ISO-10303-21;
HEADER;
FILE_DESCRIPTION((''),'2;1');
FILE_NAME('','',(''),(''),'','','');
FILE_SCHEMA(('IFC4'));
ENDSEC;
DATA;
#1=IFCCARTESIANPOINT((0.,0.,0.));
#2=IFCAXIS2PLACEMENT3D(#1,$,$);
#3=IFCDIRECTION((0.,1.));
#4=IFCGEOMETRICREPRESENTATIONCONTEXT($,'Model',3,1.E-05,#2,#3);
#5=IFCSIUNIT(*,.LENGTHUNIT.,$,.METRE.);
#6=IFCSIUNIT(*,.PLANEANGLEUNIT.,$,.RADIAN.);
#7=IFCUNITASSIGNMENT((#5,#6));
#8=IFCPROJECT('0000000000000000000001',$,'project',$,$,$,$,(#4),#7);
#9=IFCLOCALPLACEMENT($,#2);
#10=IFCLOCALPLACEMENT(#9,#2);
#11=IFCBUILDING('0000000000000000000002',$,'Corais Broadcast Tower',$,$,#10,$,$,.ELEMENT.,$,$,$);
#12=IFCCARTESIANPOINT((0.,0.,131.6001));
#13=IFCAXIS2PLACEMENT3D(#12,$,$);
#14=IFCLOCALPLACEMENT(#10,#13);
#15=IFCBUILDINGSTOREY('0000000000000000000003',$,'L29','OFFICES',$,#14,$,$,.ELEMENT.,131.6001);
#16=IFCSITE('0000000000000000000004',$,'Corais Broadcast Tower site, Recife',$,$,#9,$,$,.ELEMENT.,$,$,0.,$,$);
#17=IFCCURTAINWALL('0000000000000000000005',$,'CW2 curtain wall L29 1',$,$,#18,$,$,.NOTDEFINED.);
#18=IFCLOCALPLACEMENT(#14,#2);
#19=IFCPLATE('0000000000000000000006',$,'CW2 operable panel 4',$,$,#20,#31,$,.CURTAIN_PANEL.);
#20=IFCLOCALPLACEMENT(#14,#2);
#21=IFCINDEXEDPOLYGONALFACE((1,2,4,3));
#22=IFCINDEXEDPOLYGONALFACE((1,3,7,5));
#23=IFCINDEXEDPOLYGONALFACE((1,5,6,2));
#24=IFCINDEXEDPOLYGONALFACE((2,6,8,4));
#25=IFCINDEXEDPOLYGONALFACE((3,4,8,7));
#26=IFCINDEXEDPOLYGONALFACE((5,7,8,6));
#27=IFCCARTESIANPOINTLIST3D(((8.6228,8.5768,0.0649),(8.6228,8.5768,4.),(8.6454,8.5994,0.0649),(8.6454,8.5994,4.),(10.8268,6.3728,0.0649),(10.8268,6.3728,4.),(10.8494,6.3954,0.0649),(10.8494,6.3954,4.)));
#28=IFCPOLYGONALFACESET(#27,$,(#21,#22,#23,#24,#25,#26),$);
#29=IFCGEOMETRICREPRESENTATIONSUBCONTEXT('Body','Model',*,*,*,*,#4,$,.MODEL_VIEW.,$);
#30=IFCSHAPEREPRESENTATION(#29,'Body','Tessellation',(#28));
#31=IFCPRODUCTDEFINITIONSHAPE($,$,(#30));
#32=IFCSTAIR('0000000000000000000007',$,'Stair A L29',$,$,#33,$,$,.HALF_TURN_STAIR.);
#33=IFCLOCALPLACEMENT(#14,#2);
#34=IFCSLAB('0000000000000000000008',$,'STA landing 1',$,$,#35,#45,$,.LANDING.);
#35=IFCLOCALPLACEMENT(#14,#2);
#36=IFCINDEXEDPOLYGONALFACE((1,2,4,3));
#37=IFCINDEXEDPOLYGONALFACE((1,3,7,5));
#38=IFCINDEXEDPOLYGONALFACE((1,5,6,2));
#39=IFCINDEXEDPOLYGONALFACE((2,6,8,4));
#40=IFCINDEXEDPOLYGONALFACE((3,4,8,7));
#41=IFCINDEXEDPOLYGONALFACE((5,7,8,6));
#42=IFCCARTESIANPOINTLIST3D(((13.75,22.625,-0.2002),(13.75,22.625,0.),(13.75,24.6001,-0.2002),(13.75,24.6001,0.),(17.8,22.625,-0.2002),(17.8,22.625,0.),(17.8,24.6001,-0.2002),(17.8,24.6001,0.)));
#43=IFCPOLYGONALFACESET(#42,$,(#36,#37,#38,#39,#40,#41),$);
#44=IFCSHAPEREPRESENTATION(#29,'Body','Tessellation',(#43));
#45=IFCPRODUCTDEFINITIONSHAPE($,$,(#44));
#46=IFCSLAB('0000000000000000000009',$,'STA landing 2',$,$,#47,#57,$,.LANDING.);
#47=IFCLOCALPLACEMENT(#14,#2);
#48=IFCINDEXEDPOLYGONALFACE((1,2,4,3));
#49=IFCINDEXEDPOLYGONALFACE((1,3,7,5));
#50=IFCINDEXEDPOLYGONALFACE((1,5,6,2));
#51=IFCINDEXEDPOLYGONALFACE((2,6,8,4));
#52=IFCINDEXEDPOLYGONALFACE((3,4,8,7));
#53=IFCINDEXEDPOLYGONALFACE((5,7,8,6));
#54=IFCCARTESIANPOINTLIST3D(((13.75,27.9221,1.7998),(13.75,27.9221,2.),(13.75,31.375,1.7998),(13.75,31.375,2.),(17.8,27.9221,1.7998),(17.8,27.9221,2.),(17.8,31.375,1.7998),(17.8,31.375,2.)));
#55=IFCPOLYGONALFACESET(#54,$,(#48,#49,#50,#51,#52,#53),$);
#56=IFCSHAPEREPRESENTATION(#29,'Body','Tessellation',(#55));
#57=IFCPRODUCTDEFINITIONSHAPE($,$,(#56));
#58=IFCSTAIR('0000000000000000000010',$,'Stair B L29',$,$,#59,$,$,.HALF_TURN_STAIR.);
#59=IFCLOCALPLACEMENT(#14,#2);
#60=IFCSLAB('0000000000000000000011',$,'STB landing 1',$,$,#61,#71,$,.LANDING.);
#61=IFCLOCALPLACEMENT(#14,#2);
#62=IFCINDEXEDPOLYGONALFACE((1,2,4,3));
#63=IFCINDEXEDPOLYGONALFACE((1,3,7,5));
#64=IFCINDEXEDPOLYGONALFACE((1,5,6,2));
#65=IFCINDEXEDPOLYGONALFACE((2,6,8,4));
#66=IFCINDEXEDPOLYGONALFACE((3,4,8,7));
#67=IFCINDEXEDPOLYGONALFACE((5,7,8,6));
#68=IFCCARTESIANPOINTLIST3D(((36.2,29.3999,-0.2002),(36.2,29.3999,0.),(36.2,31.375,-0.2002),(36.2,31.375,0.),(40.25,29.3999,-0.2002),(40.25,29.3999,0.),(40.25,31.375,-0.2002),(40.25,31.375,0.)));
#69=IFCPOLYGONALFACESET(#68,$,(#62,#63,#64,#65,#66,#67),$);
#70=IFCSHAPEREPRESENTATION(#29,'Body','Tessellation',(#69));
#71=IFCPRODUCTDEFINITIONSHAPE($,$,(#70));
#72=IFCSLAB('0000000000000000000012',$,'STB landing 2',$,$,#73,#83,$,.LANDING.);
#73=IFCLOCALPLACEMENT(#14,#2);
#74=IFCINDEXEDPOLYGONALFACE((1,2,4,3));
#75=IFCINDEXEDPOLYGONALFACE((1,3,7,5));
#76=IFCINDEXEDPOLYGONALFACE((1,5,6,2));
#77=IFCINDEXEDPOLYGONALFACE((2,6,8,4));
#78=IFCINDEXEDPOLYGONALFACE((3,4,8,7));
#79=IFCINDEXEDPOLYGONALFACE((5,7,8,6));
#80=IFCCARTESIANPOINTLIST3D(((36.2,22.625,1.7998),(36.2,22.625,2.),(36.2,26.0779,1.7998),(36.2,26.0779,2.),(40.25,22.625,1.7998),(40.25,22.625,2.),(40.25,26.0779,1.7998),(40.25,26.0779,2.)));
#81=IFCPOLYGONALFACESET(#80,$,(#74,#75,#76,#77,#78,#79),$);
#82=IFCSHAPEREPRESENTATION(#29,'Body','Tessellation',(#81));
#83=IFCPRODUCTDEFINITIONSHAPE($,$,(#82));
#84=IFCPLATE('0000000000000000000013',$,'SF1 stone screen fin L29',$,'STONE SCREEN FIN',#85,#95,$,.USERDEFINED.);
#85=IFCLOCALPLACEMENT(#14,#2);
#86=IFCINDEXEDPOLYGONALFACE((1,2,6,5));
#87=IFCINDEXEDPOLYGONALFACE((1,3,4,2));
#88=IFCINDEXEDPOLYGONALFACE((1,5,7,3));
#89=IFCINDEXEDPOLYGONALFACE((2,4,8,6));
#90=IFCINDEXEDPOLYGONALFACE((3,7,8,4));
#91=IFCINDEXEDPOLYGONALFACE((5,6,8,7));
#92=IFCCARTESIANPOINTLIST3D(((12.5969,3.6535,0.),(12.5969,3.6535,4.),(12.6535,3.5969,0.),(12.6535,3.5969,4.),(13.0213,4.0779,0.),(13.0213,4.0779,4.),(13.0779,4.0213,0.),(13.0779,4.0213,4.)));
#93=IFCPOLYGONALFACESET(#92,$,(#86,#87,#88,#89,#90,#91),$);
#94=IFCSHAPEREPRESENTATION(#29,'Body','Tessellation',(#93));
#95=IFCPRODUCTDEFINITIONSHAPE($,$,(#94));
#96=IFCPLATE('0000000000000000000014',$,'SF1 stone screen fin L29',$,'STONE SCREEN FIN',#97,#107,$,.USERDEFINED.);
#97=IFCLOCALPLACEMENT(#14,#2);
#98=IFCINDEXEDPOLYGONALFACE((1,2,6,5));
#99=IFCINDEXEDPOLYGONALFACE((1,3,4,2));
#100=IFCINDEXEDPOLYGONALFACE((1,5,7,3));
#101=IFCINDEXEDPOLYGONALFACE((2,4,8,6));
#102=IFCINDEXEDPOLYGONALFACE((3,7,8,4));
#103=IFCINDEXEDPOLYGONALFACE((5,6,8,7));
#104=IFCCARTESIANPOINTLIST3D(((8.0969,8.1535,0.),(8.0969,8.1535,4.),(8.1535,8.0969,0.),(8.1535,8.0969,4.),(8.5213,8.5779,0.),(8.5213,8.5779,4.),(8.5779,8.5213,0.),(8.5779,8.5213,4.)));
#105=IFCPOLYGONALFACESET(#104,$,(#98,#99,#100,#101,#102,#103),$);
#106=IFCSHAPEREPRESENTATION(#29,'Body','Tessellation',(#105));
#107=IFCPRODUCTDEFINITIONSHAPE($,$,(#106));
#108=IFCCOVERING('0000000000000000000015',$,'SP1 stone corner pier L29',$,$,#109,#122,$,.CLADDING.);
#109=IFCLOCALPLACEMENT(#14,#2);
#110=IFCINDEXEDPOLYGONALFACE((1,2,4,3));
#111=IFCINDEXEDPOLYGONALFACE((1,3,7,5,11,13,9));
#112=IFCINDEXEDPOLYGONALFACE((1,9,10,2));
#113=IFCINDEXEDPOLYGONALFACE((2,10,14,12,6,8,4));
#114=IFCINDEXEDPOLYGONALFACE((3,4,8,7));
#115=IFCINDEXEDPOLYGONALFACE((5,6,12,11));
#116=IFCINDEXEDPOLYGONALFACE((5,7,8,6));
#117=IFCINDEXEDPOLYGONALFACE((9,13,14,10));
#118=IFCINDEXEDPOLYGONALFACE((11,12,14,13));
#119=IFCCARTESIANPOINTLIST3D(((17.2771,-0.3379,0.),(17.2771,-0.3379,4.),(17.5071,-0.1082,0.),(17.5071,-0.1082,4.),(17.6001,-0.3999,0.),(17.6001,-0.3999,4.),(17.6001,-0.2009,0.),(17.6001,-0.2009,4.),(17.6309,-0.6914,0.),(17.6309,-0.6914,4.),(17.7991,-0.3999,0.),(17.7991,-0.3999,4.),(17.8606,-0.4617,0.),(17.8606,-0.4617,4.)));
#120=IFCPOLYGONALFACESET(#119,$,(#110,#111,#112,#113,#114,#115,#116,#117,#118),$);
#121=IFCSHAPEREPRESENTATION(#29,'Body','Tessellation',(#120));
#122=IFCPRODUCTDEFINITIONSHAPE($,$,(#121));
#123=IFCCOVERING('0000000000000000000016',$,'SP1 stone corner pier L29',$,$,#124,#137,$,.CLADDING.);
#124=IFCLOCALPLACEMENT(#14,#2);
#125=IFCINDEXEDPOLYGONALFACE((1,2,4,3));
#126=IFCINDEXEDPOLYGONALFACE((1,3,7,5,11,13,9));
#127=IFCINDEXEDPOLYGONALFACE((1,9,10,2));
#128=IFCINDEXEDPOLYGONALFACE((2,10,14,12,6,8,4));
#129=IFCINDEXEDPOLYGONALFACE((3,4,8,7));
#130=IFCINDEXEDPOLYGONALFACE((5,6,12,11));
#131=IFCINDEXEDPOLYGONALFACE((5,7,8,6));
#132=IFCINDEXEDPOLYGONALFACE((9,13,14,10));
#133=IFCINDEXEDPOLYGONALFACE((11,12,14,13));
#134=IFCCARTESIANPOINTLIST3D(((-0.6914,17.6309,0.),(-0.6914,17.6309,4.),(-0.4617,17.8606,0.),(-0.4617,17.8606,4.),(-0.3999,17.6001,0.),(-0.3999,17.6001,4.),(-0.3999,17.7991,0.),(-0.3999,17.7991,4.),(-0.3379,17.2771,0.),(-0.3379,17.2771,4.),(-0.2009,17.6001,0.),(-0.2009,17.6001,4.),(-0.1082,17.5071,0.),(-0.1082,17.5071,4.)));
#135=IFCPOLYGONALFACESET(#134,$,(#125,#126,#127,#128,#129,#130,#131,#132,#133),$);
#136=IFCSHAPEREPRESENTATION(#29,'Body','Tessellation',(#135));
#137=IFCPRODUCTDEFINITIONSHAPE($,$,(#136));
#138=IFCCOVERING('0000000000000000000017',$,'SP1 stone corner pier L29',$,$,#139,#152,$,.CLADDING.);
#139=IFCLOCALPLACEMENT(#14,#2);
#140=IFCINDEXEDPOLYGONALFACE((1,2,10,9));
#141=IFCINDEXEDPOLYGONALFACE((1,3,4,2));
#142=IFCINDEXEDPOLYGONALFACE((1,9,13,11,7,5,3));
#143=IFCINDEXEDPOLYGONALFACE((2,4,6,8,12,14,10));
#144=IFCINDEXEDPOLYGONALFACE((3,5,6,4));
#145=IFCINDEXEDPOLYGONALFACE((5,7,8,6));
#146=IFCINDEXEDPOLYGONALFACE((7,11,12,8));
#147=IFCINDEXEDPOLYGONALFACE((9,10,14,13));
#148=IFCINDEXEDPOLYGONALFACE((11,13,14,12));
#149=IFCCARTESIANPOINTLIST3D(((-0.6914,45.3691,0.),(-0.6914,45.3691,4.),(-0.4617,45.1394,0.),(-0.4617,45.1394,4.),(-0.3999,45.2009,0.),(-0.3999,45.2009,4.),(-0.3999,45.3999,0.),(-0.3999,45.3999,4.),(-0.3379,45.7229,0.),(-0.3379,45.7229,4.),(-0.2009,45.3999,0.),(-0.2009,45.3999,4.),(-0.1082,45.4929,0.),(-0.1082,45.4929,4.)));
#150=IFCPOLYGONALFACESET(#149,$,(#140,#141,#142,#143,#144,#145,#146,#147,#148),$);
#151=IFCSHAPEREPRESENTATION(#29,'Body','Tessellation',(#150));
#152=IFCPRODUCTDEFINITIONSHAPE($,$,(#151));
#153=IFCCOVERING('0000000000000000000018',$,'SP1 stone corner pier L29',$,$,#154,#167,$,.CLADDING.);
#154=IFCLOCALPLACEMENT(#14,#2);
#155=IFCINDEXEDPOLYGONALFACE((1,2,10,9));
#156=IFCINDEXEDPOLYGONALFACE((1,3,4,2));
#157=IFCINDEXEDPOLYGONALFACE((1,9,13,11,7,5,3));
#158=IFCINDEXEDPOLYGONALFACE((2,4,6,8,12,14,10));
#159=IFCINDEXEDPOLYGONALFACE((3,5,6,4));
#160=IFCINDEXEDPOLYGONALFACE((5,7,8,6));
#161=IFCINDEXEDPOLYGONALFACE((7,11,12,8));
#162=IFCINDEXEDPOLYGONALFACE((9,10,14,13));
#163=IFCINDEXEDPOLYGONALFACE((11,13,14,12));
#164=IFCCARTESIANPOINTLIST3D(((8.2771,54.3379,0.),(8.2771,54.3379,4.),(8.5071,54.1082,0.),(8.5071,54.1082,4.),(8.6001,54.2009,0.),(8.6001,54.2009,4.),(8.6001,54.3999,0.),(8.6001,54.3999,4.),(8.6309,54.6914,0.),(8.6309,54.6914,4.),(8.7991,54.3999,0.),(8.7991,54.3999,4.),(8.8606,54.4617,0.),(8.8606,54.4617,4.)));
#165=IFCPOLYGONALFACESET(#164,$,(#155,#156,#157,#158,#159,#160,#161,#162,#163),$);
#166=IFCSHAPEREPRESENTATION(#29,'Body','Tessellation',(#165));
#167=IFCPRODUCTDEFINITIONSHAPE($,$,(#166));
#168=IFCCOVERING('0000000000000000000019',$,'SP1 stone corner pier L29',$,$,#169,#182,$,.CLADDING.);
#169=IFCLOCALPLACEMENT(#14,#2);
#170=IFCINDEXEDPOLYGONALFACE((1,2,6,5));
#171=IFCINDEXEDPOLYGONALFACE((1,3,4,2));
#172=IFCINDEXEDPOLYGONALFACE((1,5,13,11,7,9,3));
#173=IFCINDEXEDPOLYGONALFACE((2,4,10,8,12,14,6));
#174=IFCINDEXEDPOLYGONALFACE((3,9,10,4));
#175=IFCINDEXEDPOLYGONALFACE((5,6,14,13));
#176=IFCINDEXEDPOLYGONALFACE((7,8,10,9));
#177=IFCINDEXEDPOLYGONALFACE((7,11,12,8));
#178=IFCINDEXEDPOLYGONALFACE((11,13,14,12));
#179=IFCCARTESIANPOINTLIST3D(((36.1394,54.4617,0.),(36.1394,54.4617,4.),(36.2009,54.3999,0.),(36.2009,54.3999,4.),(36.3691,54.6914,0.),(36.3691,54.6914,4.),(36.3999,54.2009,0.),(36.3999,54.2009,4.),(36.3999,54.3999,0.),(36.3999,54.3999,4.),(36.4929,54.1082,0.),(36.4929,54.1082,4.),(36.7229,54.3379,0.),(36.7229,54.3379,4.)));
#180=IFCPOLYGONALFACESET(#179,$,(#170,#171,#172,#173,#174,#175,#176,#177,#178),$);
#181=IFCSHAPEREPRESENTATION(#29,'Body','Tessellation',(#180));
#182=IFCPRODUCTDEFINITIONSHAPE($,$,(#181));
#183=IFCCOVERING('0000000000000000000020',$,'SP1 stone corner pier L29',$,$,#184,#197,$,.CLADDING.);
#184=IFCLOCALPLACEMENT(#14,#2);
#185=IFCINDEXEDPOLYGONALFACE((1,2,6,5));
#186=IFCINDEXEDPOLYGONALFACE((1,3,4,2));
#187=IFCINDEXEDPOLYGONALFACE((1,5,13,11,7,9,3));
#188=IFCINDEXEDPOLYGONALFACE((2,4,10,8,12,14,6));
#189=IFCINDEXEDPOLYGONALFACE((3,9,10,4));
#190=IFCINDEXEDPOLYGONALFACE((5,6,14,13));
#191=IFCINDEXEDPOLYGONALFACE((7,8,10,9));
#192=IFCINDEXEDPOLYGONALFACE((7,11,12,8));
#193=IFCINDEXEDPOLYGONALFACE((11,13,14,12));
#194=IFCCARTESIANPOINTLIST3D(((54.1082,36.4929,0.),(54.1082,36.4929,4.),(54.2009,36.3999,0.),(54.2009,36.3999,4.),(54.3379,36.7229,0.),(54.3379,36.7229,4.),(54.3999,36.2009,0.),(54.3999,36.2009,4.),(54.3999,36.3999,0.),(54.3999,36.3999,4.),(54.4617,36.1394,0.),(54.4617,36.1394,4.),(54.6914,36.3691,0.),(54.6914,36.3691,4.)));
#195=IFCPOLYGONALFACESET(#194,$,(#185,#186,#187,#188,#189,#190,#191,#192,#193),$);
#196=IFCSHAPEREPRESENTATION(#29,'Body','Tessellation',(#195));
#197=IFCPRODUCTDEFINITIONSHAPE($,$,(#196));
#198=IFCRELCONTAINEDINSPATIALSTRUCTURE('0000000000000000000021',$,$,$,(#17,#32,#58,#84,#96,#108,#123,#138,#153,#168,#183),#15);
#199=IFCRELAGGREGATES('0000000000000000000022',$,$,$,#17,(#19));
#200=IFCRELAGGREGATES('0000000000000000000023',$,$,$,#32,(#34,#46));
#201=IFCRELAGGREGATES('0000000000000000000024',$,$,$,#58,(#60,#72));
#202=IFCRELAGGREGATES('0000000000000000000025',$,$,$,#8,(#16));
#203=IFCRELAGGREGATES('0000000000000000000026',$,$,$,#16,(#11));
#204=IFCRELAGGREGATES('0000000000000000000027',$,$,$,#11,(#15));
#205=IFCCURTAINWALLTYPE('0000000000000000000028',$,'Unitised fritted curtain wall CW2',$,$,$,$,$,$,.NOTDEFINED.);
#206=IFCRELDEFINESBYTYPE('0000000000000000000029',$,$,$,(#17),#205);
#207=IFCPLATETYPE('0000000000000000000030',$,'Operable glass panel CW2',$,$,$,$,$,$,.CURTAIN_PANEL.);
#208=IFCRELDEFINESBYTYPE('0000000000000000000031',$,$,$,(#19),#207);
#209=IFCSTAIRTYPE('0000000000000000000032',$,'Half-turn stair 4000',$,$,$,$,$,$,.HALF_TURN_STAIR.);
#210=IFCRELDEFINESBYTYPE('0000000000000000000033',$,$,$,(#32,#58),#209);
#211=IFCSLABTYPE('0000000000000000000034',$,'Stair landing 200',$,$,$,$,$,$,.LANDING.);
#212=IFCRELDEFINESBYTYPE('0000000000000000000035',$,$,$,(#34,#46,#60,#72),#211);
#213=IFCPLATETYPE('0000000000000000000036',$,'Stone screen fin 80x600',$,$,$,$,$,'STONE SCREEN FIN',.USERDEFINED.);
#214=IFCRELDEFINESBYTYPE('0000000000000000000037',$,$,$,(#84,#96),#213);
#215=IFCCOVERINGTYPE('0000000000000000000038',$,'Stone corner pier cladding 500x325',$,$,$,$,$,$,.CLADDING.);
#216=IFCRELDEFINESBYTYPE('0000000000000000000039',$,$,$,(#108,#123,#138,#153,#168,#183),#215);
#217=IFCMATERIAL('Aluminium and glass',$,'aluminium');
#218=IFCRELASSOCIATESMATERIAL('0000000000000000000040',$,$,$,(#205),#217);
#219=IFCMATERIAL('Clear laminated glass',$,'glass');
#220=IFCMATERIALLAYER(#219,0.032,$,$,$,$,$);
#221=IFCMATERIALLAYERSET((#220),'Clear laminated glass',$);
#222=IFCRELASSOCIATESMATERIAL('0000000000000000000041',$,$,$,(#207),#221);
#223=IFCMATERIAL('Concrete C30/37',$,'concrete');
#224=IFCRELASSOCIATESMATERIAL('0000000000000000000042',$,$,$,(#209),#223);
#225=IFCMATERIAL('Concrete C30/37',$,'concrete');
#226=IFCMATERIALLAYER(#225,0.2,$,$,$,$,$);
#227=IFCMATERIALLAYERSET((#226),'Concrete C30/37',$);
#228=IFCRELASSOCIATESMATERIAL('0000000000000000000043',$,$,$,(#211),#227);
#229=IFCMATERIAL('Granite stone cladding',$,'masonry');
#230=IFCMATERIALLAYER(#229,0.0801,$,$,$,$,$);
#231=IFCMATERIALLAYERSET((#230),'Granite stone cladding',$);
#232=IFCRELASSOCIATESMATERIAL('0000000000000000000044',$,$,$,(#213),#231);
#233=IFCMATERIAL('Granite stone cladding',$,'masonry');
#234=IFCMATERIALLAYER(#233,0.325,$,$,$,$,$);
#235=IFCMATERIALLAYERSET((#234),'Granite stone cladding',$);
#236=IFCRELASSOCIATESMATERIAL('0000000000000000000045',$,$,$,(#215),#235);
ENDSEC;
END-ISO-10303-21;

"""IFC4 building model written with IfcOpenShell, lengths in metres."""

from ifc_helpers import new_model, si_unit, direction, frame, origin, origin_2d, place, context, subcontext, project, spatial, polyline, rectangle, outline, extrude, material, layer, layer_set, type_object, element, aggregate, save


model = new_model("IFC4")

# Units and contexts
model_context = context("Model", 3, precision=1e-05, world=origin(), true_north=direction((0.0, 1.0)))
body_context = subcontext(model_context, "Body", "Model", "MODEL_VIEW")
ifc_project = project(units=[si_unit("LENGTHUNIT", "METRE"), si_unit("PLANEANGLEUNIT", "RADIAN")], contexts=[model_context])

# Site, building, storey
site_placement = place(None, origin())
site = spatial("IfcSite", under=ifc_project, at=site_placement, Name="Corais Broadcast Tower site, Recife", CompositionType="ELEMENT", RefElevation=0.0)
building_placement = place(site_placement, origin())
building = spatial("IfcBuilding", under=site, at=building_placement, Name="Corais Broadcast Tower", CompositionType="ELEMENT")
storey_placement = place(building_placement, frame((0.0, 0.0, 131.6001)))
storey = spatial("IfcBuildingStorey", under=building, at=storey_placement, Name="L29", Description="OFFICES", CompositionType="ELEMENT", Elevation=131.6001)

# Curtain wall
ifc_material_1 = material(Name="Aluminium and glass", Category="aluminium")
curtain_wall_type = type_object("IfcCurtainWallType", Name="Unitised fritted curtain wall CW2", PredefinedType="NOTDEFINED", material=ifc_material_1)
curtain_wall_placement = place(storey_placement, origin())
curtain_wall = element("IfcCurtainWall", 1, at=curtain_wall_placement, inside=storey, type_object=curtain_wall_type, Name="CW2 curtain wall L29 1", PredefinedType="NOTDEFINED")

# Plate
ifc_material_2 = material(Name="Clear laminated glass", Category="glass")
ifc_layer_1 = layer(ifc_material_2, 0.032)
ifc_layer_set_1 = layer_set([ifc_layer_1], Name="Clear laminated glass")
plate_type_1 = type_object("IfcPlateType", Name="Operable glass panel CW2", PredefinedType="CURTAIN_PANEL", material=ifc_layer_set_1)
plate_1_placement = place(storey_placement, frame((9.7361, 7.4861, 0.0649), z_axis=(0.0, 0.0, 1.0), x_axis=(-0.707107, 0.707107, 0.0)))
plate_1 = element("IfcPlate", 2, at=plate_1_placement, type_object=plate_type_1, Name="CW2 operable panel 4", PredefinedType="CURTAIN_PANEL", context=body_context, shape_type="SweptSolid", body=[
    extrude(rectangle(XDim=3.1169, YDim=0.032, at=origin_2d()), origin(), (0.0, 0.0, 1.0), 3.9351),
])
aggregate(curtain_wall, [plate_1])

# Stairs, slabs
ifc_material_3 = material(Name="Concrete C30/37", Category="concrete")
stair_type = type_object("IfcStairType", Name="Half-turn stair 4000", PredefinedType="HALF_TURN_STAIR", material=ifc_material_3)
stair_1_placement = place(storey_placement, origin())
stair_1 = element("IfcStair", 3, at=stair_1_placement, inside=storey, type_object=stair_type, Name="Stair A L29", PredefinedType="HALF_TURN_STAIR")
ifc_material_4 = material(Name="Concrete C30/37", Category="concrete")
ifc_layer_2 = layer(ifc_material_4, 0.2)
ifc_layer_set_2 = layer_set([ifc_layer_2], Name="Concrete C30/37")
slab_type_1 = type_object("IfcSlabType", Name="Stair landing 200", PredefinedType="LANDING", material=ifc_layer_set_2)
slab_1_placement = place(storey_placement, frame((0.0, 0.0, -0.2002)))
slab_1 = element("IfcSlab", 4, at=slab_1_placement, type_object=slab_type_1, Name="STA landing 1", PredefinedType="LANDING", context=body_context, shape_type="SweptSolid", body=[
    extrude(outline(polyline([(13.75, 22.625), (17.8, 22.625), (17.8, 24.6001), (13.75, 24.6001), (13.75, 22.625)])), origin(), (0.0, 0.0, 1.0), 0.2002),
])
slab_2_placement = place(storey_placement, frame((0.0, 0.0, 1.7998)))
slab_2 = element("IfcSlab", 5, at=slab_2_placement, type_object=slab_type_1, Name="STA landing 2", PredefinedType="LANDING", context=body_context, shape_type="SweptSolid", body=[
    extrude(outline(polyline([(13.75, 27.9221), (17.8, 27.9221), (17.8, 31.375), (13.75, 31.375), (13.75, 27.9221)])), origin(), (0.0, 0.0, 1.0), 0.2002),
])
aggregate(stair_1, [slab_1, slab_2])
stair_2_placement = place(storey_placement, origin())
stair_2 = element("IfcStair", 6, at=stair_2_placement, inside=storey, type_object=stair_type, Name="Stair B L29", PredefinedType="HALF_TURN_STAIR")
slab_3_placement = place(storey_placement, frame((0.0, 0.0, -0.2002)))
slab_3 = element("IfcSlab", 7, at=slab_3_placement, type_object=slab_type_1, Name="STB landing 1", PredefinedType="LANDING", context=body_context, shape_type="SweptSolid", body=[
    extrude(outline(polyline([(36.2, 29.3999), (40.25, 29.3999), (40.25, 31.375), (36.2, 31.375), (36.2, 29.3999)])), origin(), (0.0, 0.0, 1.0), 0.2002),
])
slab_4_placement = place(storey_placement, frame((0.0, 0.0, 1.7998)))
slab_4 = element("IfcSlab", 8, at=slab_4_placement, type_object=slab_type_1, Name="STB landing 2", PredefinedType="LANDING", context=body_context, shape_type="SweptSolid", body=[
    extrude(outline(polyline([(36.2, 22.625), (40.25, 22.625), (40.25, 26.0779), (36.2, 26.0779), (36.2, 22.625)])), origin(), (0.0, 0.0, 1.0), 0.2002),
])
aggregate(stair_2, [slab_3, slab_4])

# Plates
ifc_material_5 = material(Name="Granite stone cladding", Category="masonry")
ifc_layer_3 = layer(ifc_material_5, 0.0801)
ifc_layer_set_3 = layer_set([ifc_layer_3], Name="Granite stone cladding")
plate_type_2 = type_object("IfcPlateType", Name="Stone screen fin 80x600", ElementType="STONE SCREEN FIN", PredefinedType="USERDEFINED", material=ifc_layer_set_3)
for number, where, z_axis, x_axis, name in (
    (9, (12.8374, 3.8374, 0.0), (0.0, 0.0, 1.0), (-0.707107, 0.707107, 0.0), "SF1 stone screen fin L29"),
    (10, (8.3374, 8.3374, 0.0), (0.0, 0.0, 1.0), (-0.707107, 0.707107, 0.0), "SF1 stone screen fin L29"),
):
    element("IfcPlate", number, at=place(storey_placement, frame(where, z_axis=z_axis, x_axis=x_axis)), inside=storey, type_object=plate_type_2, Name=name, ObjectType="STONE SCREEN FIN", PredefinedType="USERDEFINED", context=body_context, shape_type="SweptSolid", body=[
        extrude(rectangle(XDim=0.0801, YDim=0.6001, at=origin_2d()), origin(), (0.0, 0.0, 1.0), 4.0),
    ])

# Coverings
ifc_material_6 = material(Name="Granite stone cladding", Category="masonry")
ifc_layer_4 = layer(ifc_material_6, 0.325)
ifc_layer_set_4 = layer_set([ifc_layer_4], Name="Granite stone cladding")
covering_type_1 = type_object("IfcCoveringType", Name="Stone corner pier cladding 500x325", PredefinedType="CLADDING", material=ifc_layer_set_4)
covering_1_placement = place(storey_placement, origin())
element("IfcCovering", 11, at=covering_1_placement, inside=storey, type_object=covering_type_1, Name="SP1 stone corner pier L29", PredefinedType="CLADDING", context=body_context, shape_type="SweptSolid", body=[
    extrude(outline(polyline([(17.8606, -0.4617), (17.7991, -0.3999), (17.6001, -0.3999), (17.6001, -0.2009), (17.5071, -0.1082), (17.2771, -0.3379), (17.6309, -0.6914), (17.8606, -0.4617)])), origin(), (0.0, 0.0, 1.0), 4.0),
])
covering_2_placement = place(storey_placement, origin())
element("IfcCovering", 12, at=covering_2_placement, inside=storey, type_object=covering_type_1, Name="SP1 stone corner pier L29", PredefinedType="CLADDING", context=body_context, shape_type="SweptSolid", body=[
    extrude(outline(polyline([(-0.3999, 17.7991), (-0.4617, 17.8606), (-0.6914, 17.6309), (-0.3379, 17.2771), (-0.1082, 17.5071), (-0.2009, 17.6001), (-0.3999, 17.6001), (-0.3999, 17.7991)])), origin(), (0.0, 0.0, 1.0), 4.0),
])
covering_3_placement = place(storey_placement, origin())
element("IfcCovering", 13, at=covering_3_placement, inside=storey, type_object=covering_type_1, Name="SP1 stone corner pier L29", PredefinedType="CLADDING", context=body_context, shape_type="SweptSolid", body=[
    extrude(outline(polyline([(-0.4617, 45.1394), (-0.3999, 45.2009), (-0.3999, 45.3999), (-0.2009, 45.3999), (-0.1082, 45.4929), (-0.3379, 45.7229), (-0.6914, 45.3691), (-0.4617, 45.1394)])), origin(), (0.0, 0.0, 1.0), 4.0),
])
covering_4_placement = place(storey_placement, origin())
element("IfcCovering", 14, at=covering_4_placement, inside=storey, type_object=covering_type_1, Name="SP1 stone corner pier L29", PredefinedType="CLADDING", context=body_context, shape_type="SweptSolid", body=[
    extrude(outline(polyline([(8.7991, 54.3999), (8.8606, 54.4617), (8.6309, 54.6914), (8.2771, 54.3379), (8.5071, 54.1082), (8.6001, 54.2009), (8.6001, 54.3999), (8.7991, 54.3999)])), origin(), (0.0, 0.0, 1.0), 4.0),
])
covering_5_placement = place(storey_placement, origin())
element("IfcCovering", 15, at=covering_5_placement, inside=storey, type_object=covering_type_1, Name="SP1 stone corner pier L29", PredefinedType="CLADDING", context=body_context, shape_type="SweptSolid", body=[
    extrude(outline(polyline([(36.1394, 54.4617), (36.2009, 54.3999), (36.3999, 54.3999), (36.3999, 54.2009), (36.4929, 54.1082), (36.7229, 54.3379), (36.3691, 54.6914), (36.1394, 54.4617)])), origin(), (0.0, 0.0, 1.0), 4.0),
])
covering_6_placement = place(storey_placement, origin())
element("IfcCovering", 16, at=covering_6_placement, inside=storey, type_object=covering_type_1, Name="SP1 stone corner pier L29", PredefinedType="CLADDING", context=body_context, shape_type="SweptSolid", body=[
    extrude(outline(polyline([(54.3999, 36.2009), (54.4617, 36.1394), (54.6914, 36.3691), (54.3379, 36.7229), (54.1082, 36.4929), (54.2009, 36.3999), (54.3999, 36.3999), (54.3999, 36.2009)])), origin(), (0.0, 0.0, 1.0), 4.0),
])

save(model, "model.ifc")
